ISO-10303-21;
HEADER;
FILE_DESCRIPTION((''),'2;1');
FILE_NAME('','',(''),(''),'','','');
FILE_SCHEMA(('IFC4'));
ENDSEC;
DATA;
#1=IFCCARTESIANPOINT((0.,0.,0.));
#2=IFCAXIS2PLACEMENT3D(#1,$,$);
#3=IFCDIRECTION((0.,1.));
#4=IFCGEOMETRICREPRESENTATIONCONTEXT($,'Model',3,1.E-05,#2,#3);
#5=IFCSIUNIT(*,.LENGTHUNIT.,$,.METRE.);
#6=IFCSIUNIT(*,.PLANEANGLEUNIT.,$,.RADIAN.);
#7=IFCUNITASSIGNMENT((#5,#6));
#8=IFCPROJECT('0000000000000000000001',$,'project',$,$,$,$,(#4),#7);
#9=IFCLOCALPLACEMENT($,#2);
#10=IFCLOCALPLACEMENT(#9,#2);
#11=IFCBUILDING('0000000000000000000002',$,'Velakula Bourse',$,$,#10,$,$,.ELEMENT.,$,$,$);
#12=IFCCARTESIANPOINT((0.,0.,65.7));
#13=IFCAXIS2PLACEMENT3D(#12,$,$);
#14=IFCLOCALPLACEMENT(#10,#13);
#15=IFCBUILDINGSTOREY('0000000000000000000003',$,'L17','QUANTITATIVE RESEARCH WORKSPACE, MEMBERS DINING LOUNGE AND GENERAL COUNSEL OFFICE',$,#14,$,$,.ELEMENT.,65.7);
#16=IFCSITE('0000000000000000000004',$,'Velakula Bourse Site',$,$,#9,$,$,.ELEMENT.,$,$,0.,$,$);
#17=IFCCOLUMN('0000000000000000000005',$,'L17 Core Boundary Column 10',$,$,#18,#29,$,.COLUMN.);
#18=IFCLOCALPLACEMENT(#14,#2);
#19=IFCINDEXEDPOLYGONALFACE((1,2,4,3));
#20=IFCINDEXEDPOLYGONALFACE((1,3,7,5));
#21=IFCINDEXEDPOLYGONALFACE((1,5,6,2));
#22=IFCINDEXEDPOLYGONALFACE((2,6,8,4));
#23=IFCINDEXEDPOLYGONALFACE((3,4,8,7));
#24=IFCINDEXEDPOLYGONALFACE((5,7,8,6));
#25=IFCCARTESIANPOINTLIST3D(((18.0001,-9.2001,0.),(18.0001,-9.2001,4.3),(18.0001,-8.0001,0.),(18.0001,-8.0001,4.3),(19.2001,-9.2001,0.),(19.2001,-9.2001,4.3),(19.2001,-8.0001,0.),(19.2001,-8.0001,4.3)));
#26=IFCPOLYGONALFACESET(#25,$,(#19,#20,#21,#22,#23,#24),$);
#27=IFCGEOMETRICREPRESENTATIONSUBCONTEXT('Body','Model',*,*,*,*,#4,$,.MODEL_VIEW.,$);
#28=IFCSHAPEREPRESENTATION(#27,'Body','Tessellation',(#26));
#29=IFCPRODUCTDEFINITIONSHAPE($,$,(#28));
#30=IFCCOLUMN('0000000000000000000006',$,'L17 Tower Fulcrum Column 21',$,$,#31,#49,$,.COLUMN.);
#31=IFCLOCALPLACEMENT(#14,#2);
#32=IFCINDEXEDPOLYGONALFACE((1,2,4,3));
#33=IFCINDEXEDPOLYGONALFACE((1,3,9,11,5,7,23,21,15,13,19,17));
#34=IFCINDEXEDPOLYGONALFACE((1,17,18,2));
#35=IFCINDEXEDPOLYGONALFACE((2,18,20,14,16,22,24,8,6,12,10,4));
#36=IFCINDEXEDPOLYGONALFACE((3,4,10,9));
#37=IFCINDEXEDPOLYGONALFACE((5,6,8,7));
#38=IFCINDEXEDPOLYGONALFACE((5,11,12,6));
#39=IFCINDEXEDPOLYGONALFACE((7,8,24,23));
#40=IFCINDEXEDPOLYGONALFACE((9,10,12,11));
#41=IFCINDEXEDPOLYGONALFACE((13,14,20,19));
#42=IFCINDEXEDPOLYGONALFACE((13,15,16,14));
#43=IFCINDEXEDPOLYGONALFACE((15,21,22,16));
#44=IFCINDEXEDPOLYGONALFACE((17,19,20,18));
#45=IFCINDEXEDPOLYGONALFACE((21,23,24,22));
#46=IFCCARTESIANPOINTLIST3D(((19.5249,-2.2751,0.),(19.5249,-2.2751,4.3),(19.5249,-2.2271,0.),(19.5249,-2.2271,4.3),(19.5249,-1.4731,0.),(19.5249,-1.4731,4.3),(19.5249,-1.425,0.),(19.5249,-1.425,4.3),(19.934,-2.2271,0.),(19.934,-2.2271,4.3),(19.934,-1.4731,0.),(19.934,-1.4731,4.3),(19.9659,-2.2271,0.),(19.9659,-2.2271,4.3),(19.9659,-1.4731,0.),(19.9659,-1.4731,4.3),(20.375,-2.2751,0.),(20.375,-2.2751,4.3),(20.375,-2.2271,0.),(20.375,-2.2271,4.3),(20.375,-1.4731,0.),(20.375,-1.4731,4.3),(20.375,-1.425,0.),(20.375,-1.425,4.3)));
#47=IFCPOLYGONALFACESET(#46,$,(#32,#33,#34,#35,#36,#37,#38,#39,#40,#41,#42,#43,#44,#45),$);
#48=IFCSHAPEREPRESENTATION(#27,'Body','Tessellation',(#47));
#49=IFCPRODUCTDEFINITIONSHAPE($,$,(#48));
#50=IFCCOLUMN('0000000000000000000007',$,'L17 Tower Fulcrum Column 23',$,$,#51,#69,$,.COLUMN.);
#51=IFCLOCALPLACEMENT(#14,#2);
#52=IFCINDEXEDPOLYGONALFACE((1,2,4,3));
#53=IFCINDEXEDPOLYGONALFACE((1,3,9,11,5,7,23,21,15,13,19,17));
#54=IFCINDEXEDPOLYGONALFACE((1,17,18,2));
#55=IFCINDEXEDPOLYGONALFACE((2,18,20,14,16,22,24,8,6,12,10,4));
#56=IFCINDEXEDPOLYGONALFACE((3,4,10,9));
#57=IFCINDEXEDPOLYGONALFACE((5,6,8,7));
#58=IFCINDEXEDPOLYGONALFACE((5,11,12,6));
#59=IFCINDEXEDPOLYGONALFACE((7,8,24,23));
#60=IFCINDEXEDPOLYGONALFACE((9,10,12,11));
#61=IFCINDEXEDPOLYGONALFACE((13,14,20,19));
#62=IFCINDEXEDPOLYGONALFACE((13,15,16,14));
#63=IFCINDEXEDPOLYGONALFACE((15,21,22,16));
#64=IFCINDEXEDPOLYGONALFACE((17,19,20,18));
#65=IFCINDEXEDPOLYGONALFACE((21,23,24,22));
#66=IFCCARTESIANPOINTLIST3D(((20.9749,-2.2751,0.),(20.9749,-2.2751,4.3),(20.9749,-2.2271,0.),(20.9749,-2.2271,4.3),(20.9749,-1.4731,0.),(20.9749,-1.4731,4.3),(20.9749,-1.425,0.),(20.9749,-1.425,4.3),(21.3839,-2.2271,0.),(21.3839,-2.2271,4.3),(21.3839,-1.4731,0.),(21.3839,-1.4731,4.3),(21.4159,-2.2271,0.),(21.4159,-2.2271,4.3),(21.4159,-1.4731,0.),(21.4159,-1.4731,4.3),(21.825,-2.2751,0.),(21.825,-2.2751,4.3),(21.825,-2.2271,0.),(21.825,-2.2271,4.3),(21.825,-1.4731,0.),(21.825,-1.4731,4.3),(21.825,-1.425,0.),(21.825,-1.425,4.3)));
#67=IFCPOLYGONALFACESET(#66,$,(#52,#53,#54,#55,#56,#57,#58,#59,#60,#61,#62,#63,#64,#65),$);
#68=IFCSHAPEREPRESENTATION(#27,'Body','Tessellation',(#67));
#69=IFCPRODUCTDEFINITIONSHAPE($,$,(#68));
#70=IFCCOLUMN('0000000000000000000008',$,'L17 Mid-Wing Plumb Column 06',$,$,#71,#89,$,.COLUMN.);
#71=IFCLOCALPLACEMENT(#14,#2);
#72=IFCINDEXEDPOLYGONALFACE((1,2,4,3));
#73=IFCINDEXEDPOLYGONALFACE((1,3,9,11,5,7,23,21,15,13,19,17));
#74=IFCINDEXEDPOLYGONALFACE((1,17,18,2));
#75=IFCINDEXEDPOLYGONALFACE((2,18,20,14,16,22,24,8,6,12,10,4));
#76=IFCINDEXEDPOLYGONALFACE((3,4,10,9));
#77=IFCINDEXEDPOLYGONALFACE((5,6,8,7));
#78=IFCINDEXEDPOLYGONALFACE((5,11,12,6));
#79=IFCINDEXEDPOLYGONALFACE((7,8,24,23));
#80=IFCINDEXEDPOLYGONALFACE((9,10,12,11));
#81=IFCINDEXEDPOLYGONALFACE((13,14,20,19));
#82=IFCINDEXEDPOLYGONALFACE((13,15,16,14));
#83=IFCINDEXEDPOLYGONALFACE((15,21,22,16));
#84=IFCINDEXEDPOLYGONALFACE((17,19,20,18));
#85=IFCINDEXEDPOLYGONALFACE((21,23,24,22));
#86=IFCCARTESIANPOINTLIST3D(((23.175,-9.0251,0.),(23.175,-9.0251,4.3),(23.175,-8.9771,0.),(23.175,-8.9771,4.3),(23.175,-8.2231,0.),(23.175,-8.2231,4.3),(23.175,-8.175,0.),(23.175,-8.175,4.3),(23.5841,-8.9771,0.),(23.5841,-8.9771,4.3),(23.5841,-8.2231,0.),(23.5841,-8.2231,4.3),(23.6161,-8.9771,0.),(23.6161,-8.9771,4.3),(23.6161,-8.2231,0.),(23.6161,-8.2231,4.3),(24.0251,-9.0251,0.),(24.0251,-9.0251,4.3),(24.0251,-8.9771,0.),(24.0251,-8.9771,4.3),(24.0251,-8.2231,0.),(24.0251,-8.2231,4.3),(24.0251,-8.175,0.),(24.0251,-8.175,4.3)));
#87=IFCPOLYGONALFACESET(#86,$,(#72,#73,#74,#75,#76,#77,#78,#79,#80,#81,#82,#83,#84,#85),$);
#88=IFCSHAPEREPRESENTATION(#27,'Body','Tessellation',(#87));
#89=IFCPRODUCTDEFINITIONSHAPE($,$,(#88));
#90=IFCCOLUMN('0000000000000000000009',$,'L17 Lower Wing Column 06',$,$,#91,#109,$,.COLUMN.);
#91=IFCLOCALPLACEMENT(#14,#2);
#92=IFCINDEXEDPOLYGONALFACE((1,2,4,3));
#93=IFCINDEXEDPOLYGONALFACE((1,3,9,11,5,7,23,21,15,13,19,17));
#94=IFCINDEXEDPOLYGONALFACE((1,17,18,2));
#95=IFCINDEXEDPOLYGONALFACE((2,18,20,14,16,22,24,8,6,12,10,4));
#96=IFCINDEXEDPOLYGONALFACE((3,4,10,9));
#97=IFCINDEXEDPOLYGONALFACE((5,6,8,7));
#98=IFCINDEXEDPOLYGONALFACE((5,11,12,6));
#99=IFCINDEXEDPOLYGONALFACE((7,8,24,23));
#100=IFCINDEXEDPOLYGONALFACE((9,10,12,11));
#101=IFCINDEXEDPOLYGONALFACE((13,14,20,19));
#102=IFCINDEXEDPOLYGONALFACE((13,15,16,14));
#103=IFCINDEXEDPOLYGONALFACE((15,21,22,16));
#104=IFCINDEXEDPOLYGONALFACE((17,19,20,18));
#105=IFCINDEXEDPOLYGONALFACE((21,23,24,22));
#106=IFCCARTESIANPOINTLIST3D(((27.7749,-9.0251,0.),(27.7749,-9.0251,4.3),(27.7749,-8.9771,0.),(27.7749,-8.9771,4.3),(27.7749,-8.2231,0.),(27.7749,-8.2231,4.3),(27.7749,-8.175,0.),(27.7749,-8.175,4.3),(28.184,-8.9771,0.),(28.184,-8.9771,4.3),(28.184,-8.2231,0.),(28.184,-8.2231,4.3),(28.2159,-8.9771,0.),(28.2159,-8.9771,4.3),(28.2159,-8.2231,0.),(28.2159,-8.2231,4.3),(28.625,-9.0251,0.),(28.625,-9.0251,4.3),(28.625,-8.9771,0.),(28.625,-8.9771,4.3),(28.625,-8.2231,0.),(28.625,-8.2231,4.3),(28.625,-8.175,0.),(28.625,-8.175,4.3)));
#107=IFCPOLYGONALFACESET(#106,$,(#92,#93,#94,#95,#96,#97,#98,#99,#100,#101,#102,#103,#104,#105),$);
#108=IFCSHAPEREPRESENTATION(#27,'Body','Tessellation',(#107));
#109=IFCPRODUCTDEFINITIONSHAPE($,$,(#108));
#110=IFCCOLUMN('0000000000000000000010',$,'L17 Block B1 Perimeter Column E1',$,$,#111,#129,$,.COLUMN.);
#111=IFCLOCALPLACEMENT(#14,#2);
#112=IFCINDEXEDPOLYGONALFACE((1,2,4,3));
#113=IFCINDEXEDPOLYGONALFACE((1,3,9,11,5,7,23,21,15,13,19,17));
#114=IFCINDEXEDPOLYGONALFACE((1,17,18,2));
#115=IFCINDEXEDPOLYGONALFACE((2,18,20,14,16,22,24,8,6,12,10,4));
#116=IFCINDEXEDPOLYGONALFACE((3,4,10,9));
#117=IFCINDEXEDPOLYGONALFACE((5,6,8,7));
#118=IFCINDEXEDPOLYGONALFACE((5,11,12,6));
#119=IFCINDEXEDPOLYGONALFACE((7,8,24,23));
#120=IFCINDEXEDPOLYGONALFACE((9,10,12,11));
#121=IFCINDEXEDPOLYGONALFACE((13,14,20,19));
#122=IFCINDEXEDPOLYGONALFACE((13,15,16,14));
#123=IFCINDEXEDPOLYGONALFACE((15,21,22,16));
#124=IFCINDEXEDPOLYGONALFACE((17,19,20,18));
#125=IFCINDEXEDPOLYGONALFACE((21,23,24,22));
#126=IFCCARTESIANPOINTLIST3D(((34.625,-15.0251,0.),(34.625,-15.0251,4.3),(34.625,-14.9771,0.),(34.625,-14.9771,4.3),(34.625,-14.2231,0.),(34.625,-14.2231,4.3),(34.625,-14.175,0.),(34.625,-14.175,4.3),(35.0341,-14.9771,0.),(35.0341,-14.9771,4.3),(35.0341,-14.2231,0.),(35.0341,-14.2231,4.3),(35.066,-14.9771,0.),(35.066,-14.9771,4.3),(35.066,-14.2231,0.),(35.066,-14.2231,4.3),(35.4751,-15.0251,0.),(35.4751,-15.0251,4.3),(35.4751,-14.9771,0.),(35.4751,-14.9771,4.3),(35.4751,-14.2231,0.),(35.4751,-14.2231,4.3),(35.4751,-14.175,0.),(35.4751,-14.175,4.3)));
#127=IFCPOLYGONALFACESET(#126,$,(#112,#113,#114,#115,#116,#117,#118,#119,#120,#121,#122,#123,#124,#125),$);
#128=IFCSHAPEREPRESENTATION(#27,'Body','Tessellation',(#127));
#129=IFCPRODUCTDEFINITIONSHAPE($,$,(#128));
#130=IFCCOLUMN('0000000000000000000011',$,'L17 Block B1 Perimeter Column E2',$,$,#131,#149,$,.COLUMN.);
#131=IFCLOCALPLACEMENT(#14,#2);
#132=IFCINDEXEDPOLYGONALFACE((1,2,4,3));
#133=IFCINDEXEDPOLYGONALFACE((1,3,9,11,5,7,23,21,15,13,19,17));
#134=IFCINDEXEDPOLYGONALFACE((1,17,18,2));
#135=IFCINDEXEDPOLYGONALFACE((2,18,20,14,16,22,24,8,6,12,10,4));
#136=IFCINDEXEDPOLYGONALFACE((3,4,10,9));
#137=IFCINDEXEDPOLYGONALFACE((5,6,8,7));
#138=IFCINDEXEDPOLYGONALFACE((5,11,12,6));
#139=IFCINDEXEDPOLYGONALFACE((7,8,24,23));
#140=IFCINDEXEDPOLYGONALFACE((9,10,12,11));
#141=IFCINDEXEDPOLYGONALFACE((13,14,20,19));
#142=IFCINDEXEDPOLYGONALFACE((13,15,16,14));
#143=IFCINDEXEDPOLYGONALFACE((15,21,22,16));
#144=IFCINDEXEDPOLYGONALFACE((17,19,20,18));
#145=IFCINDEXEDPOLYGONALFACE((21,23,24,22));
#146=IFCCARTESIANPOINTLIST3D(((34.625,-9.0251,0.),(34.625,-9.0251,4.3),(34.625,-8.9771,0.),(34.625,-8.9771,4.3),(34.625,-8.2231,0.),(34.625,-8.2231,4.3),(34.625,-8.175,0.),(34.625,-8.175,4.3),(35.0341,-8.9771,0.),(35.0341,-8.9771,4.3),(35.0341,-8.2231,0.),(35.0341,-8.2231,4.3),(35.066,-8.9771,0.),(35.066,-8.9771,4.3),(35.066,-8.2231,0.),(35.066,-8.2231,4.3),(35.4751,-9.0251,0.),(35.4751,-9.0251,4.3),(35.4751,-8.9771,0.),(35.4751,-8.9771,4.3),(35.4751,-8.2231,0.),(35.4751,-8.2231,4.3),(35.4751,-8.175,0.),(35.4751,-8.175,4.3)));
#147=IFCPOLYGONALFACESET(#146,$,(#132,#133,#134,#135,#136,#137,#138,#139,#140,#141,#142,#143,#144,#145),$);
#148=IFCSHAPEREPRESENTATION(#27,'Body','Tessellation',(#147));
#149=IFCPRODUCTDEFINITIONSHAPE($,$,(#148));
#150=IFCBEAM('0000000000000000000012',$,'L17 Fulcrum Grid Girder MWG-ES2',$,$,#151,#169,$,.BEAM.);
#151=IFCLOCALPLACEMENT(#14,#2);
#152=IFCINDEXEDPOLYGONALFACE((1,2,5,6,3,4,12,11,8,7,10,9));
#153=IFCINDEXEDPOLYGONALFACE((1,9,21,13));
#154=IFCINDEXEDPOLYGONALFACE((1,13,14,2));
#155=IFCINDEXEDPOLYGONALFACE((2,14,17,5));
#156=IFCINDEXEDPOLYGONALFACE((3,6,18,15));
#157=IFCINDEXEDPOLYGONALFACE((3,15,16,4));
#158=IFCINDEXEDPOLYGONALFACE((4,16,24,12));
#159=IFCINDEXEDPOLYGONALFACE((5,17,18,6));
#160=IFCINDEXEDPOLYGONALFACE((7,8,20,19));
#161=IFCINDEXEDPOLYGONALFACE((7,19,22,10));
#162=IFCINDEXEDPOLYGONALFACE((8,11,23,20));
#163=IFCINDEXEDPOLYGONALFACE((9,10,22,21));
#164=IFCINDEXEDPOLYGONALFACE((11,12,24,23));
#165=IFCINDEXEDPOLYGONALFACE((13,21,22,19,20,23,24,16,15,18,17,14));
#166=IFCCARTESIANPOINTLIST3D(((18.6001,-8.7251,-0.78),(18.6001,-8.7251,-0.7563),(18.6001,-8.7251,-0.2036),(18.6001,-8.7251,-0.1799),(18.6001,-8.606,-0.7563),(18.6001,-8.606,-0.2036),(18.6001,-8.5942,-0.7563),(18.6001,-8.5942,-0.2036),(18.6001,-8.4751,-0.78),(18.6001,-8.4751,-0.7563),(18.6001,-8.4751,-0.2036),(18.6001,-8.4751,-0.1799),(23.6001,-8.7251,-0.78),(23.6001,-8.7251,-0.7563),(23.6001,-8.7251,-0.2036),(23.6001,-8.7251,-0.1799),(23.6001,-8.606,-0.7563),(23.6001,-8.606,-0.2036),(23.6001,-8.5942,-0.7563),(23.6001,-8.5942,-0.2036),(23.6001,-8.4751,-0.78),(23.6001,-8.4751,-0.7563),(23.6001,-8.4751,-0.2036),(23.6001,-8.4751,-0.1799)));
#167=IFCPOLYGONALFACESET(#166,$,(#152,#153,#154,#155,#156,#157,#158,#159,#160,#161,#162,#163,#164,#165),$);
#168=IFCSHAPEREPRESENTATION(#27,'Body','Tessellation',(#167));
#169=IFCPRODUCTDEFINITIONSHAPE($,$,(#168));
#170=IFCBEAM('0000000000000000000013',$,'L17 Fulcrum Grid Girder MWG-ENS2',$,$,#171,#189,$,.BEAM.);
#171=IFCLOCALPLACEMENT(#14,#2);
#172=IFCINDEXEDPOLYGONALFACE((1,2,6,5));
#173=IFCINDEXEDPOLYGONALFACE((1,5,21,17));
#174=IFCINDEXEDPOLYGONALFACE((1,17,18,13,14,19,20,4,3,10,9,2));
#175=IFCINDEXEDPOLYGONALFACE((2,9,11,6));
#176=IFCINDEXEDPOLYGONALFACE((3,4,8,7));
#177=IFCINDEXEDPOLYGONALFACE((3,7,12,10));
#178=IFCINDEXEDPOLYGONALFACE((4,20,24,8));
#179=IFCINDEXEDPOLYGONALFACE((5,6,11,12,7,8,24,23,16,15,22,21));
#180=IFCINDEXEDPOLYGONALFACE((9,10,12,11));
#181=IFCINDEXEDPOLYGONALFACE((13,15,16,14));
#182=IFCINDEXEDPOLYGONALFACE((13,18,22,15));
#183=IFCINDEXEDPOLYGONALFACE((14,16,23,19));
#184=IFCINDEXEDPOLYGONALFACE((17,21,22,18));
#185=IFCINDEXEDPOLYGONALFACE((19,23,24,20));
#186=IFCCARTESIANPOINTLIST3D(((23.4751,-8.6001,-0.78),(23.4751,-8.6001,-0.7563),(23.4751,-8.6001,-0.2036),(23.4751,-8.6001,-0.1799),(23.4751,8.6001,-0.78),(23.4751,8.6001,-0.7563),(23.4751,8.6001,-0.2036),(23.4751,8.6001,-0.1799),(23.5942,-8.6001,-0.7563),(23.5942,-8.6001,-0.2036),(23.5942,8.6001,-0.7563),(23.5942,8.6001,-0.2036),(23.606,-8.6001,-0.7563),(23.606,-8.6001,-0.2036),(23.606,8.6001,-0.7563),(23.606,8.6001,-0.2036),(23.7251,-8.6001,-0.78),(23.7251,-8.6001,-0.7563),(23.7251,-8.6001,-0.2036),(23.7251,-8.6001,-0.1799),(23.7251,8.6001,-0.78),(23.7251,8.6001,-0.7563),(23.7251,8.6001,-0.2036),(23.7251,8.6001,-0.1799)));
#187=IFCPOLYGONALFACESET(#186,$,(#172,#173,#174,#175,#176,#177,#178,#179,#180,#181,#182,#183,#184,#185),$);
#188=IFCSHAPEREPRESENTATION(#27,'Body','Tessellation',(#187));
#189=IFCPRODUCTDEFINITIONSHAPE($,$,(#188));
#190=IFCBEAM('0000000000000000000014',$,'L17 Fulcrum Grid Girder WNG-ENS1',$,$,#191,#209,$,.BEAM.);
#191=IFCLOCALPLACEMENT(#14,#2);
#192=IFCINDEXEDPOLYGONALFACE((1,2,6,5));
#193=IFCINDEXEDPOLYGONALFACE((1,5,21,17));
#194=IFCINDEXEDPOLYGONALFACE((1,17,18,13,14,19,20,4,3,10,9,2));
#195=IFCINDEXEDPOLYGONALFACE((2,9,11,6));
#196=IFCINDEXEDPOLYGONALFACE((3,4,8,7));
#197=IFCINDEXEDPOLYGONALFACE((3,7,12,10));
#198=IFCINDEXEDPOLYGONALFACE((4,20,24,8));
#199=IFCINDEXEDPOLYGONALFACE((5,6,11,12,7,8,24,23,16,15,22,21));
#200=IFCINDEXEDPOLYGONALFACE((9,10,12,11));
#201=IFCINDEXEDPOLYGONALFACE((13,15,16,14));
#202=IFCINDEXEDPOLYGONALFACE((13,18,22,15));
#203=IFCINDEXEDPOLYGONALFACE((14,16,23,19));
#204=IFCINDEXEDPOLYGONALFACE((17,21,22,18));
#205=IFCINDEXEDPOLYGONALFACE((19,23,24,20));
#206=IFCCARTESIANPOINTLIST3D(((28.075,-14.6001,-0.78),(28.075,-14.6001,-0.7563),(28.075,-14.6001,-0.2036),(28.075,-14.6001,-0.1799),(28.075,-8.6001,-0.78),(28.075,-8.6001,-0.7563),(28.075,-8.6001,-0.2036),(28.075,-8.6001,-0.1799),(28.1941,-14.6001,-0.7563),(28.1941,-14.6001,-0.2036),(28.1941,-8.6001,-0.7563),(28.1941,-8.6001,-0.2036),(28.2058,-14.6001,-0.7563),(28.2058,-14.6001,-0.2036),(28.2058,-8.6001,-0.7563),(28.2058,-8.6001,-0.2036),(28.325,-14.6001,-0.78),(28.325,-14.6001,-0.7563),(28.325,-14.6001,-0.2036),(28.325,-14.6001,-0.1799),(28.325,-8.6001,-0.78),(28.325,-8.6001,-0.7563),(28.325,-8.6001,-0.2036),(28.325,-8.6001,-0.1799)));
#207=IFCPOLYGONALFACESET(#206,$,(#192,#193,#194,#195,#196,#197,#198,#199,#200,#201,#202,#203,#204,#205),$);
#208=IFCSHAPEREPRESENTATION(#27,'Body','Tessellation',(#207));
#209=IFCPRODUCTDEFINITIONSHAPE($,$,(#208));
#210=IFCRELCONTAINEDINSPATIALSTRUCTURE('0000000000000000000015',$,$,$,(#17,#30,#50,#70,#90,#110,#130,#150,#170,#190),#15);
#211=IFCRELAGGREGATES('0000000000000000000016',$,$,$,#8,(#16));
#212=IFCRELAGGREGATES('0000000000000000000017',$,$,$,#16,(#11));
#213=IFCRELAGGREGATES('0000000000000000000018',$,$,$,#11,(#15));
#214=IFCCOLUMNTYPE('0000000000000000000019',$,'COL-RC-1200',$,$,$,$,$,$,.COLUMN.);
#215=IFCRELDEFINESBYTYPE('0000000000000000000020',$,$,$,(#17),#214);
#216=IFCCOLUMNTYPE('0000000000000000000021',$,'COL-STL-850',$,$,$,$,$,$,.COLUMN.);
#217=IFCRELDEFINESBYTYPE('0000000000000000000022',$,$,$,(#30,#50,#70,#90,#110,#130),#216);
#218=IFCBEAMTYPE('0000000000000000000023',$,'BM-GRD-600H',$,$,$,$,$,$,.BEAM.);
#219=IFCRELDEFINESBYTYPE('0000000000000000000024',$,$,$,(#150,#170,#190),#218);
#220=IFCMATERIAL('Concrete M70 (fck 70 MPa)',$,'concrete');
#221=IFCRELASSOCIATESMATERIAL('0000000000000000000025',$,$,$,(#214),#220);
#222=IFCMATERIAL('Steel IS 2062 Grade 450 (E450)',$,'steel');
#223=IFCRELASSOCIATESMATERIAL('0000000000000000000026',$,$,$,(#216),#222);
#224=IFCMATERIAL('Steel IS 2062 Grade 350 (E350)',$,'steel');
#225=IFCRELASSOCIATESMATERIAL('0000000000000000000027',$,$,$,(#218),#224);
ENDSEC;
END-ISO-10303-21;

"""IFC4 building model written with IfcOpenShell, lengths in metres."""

from ifc_helpers import new_model, si_unit, direction, frame, origin, origin_2d, place, context, subcontext, project, spatial, rectangle, i_section, extrude, material, material_profile, profile_set, type_object, element, save


model = new_model("IFC4")

# Units and contexts
model_context = context("Model", 3, precision=1e-05, world=origin(), true_north=direction((0.0, 1.0)))
body_context = subcontext(model_context, "Body", "Model", "MODEL_VIEW")
ifc_project = project(units=[si_unit("LENGTHUNIT", "METRE"), si_unit("PLANEANGLEUNIT", "RADIAN")], contexts=[model_context])

# Site, building, storey
site_placement = place(None, origin())
site = spatial("IfcSite", under=ifc_project, at=site_placement, Name="Velakula Bourse Site", CompositionType="ELEMENT", RefElevation=0.0)
building_placement = place(site_placement, origin())
building = spatial("IfcBuilding", under=site, at=building_placement, Name="Velakula Bourse", CompositionType="ELEMENT")
storey_placement = place(building_placement, frame((0.0, 0.0, 65.7)))
storey = spatial("IfcBuildingStorey", under=building, at=storey_placement, Name="L17", Description="QUANTITATIVE RESEARCH WORKSPACE, MEMBERS DINING LOUNGE AND GENERAL COUNSEL OFFICE", CompositionType="ELEMENT", Elevation=65.7)

# Columns
ifc_material_1 = material(Name="Concrete M70 (fck 70 MPa)", Category="concrete")
ifc_material_profile_1 = material_profile(ifc_material_1, rectangle(XDim=1.2, YDim=1.2, at=origin_2d()), Name="Concrete M70 (fck 70 MPa)")
ifc_profile_set_1 = profile_set([ifc_material_profile_1], Name="Concrete M70 (fck 70 MPa)")
column_type_1 = type_object("IfcColumnType", Name="COL-RC-1200", PredefinedType="COLUMN", material=ifc_profile_set_1)
column_placement = place(storey_placement, frame((18.6001, -8.6001, 0.0), z_axis=(0.0, 0.0, 1.0), x_axis=(1.0, 0.0, 0.0)))
element("IfcColumn", 1, at=column_placement, inside=storey, type_object=column_type_1, Name="L17 Core Boundary Column 10", PredefinedType="COLUMN", context=body_context, shape_type="SweptSolid", body=[
    extrude(rectangle(XDim=1.2, YDim=1.2, at=origin_2d()), origin(), (0.0, 0.0, 1.0), 4.3),
])
ifc_material_2 = material(Name="Steel IS 2062 Grade 450 (E450)", Category="steel")
ifc_material_profile_2 = material_profile(ifc_material_2, i_section(OverallWidth=0.8501, OverallDepth=0.8501, WebThickness=0.032, FlangeThickness=0.0481, at=origin_2d()), Name="Steel IS 2062 Grade 450 (E450)")
ifc_profile_set_2 = profile_set([ifc_material_profile_2], Name="Steel IS 2062 Grade 450 (E450)")
column_type_2 = type_object("IfcColumnType", Name="COL-STL-850", PredefinedType="COLUMN", material=ifc_profile_set_2)
for number, where, z_axis, x_axis, name in (
    (2, (19.95, -1.8501, 0.0), (0.0, 0.0, 1.0), (1.0, 0.0, 0.0), "L17 Tower Fulcrum Column 21"),
    (3, (21.3999, -1.8501, 0.0), (0.0, 0.0, 1.0), (1.0, 0.0, 0.0), "L17 Tower Fulcrum Column 23"),
    (4, (23.6001, -8.6001, 0.0), (0.0, 0.0, 1.0), (1.0, 0.0, 0.0), "L17 Mid-Wing Plumb Column 06"),
    (5, (28.2, -8.6001, 0.0), (0.0, 0.0, 1.0), (1.0, 0.0, 0.0), "L17 Lower Wing Column 06"),
    (6, (35.05, -14.6001, 0.0), (0.0, 0.0, 1.0), (1.0, 0.0, 0.0), "L17 Block B1 Perimeter Column E1"),
    (7, (35.05, -8.6001, 0.0), (0.0, 0.0, 1.0), (1.0, 0.0, 0.0), "L17 Block B1 Perimeter Column E2"),
):
    element("IfcColumn", number, at=place(storey_placement, frame(where, z_axis=z_axis, x_axis=x_axis)), inside=storey, type_object=column_type_2, Name=name, PredefinedType="COLUMN", context=body_context, shape_type="SweptSolid", body=[
        extrude(i_section(OverallWidth=0.8501, OverallDepth=0.8501, WebThickness=0.032, FlangeThickness=0.0481, at=origin_2d()), origin(), (0.0, 0.0, 1.0), 4.3),
    ])

# Beams
ifc_material_3 = material(Name="Steel IS 2062 Grade 350 (E350)", Category="steel")
ifc_material_profile_3 = material_profile(ifc_material_3, i_section(OverallWidth=0.25, OverallDepth=0.6001, WebThickness=0.0117, FlangeThickness=0.0237, at=origin_2d()), Name="Steel IS 2062 Grade 350 (E350)")
ifc_profile_set_3 = profile_set([ifc_material_profile_3], Name="Steel IS 2062 Grade 350 (E350)")
beam_type_1 = type_object("IfcBeamType", Name="BM-GRD-600H", PredefinedType="BEAM", material=ifc_profile_set_3)
beam_1_placement = place(storey_placement, frame((18.6001, -8.6001, -0.48), z_axis=(1.0, 0.0, 0.0), x_axis=(0.0, 1.0, 0.0)))
element("IfcBeam", 8, at=beam_1_placement, inside=storey, type_object=beam_type_1, Name="L17 Fulcrum Grid Girder MWG-ES2", PredefinedType="BEAM", context=body_context, shape_type="SweptSolid", body=[
    extrude(i_section(OverallWidth=0.25, OverallDepth=0.6001, WebThickness=0.0117, FlangeThickness=0.0237, at=origin_2d()), origin(), (0.0, 0.0, 1.0), 5.0),
])
beam_2_placement = place(storey_placement, frame((23.6001, -8.6001, -0.48), z_axis=(0.0, 1.0, 0.0), x_axis=(-1.0, 0.0, 0.0)))
element("IfcBeam", 9, at=beam_2_placement, inside=storey, type_object=beam_type_1, Name="L17 Fulcrum Grid Girder MWG-ENS2", PredefinedType="BEAM", context=body_context, shape_type="SweptSolid", body=[
    extrude(i_section(OverallWidth=0.25, OverallDepth=0.6001, WebThickness=0.0117, FlangeThickness=0.0237, at=origin_2d()), origin(), (0.0, 0.0, 1.0), 17.2002),
])
beam_3_placement = place(storey_placement, frame((28.2, -14.6001, -0.48), z_axis=(0.0, 1.0, 0.0), x_axis=(-1.0, 0.0, 0.0)))
element("IfcBeam", 10, at=beam_3_placement, inside=storey, type_object=beam_type_1, Name="L17 Fulcrum Grid Girder WNG-ENS1", PredefinedType="BEAM", context=body_context, shape_type="SweptSolid", body=[
    extrude(i_section(OverallWidth=0.25, OverallDepth=0.6001, WebThickness=0.0117, FlangeThickness=0.0237, at=origin_2d()), origin(), (0.0, 0.0, 1.0), 6.0),
])

save(model, "model.ifc")
